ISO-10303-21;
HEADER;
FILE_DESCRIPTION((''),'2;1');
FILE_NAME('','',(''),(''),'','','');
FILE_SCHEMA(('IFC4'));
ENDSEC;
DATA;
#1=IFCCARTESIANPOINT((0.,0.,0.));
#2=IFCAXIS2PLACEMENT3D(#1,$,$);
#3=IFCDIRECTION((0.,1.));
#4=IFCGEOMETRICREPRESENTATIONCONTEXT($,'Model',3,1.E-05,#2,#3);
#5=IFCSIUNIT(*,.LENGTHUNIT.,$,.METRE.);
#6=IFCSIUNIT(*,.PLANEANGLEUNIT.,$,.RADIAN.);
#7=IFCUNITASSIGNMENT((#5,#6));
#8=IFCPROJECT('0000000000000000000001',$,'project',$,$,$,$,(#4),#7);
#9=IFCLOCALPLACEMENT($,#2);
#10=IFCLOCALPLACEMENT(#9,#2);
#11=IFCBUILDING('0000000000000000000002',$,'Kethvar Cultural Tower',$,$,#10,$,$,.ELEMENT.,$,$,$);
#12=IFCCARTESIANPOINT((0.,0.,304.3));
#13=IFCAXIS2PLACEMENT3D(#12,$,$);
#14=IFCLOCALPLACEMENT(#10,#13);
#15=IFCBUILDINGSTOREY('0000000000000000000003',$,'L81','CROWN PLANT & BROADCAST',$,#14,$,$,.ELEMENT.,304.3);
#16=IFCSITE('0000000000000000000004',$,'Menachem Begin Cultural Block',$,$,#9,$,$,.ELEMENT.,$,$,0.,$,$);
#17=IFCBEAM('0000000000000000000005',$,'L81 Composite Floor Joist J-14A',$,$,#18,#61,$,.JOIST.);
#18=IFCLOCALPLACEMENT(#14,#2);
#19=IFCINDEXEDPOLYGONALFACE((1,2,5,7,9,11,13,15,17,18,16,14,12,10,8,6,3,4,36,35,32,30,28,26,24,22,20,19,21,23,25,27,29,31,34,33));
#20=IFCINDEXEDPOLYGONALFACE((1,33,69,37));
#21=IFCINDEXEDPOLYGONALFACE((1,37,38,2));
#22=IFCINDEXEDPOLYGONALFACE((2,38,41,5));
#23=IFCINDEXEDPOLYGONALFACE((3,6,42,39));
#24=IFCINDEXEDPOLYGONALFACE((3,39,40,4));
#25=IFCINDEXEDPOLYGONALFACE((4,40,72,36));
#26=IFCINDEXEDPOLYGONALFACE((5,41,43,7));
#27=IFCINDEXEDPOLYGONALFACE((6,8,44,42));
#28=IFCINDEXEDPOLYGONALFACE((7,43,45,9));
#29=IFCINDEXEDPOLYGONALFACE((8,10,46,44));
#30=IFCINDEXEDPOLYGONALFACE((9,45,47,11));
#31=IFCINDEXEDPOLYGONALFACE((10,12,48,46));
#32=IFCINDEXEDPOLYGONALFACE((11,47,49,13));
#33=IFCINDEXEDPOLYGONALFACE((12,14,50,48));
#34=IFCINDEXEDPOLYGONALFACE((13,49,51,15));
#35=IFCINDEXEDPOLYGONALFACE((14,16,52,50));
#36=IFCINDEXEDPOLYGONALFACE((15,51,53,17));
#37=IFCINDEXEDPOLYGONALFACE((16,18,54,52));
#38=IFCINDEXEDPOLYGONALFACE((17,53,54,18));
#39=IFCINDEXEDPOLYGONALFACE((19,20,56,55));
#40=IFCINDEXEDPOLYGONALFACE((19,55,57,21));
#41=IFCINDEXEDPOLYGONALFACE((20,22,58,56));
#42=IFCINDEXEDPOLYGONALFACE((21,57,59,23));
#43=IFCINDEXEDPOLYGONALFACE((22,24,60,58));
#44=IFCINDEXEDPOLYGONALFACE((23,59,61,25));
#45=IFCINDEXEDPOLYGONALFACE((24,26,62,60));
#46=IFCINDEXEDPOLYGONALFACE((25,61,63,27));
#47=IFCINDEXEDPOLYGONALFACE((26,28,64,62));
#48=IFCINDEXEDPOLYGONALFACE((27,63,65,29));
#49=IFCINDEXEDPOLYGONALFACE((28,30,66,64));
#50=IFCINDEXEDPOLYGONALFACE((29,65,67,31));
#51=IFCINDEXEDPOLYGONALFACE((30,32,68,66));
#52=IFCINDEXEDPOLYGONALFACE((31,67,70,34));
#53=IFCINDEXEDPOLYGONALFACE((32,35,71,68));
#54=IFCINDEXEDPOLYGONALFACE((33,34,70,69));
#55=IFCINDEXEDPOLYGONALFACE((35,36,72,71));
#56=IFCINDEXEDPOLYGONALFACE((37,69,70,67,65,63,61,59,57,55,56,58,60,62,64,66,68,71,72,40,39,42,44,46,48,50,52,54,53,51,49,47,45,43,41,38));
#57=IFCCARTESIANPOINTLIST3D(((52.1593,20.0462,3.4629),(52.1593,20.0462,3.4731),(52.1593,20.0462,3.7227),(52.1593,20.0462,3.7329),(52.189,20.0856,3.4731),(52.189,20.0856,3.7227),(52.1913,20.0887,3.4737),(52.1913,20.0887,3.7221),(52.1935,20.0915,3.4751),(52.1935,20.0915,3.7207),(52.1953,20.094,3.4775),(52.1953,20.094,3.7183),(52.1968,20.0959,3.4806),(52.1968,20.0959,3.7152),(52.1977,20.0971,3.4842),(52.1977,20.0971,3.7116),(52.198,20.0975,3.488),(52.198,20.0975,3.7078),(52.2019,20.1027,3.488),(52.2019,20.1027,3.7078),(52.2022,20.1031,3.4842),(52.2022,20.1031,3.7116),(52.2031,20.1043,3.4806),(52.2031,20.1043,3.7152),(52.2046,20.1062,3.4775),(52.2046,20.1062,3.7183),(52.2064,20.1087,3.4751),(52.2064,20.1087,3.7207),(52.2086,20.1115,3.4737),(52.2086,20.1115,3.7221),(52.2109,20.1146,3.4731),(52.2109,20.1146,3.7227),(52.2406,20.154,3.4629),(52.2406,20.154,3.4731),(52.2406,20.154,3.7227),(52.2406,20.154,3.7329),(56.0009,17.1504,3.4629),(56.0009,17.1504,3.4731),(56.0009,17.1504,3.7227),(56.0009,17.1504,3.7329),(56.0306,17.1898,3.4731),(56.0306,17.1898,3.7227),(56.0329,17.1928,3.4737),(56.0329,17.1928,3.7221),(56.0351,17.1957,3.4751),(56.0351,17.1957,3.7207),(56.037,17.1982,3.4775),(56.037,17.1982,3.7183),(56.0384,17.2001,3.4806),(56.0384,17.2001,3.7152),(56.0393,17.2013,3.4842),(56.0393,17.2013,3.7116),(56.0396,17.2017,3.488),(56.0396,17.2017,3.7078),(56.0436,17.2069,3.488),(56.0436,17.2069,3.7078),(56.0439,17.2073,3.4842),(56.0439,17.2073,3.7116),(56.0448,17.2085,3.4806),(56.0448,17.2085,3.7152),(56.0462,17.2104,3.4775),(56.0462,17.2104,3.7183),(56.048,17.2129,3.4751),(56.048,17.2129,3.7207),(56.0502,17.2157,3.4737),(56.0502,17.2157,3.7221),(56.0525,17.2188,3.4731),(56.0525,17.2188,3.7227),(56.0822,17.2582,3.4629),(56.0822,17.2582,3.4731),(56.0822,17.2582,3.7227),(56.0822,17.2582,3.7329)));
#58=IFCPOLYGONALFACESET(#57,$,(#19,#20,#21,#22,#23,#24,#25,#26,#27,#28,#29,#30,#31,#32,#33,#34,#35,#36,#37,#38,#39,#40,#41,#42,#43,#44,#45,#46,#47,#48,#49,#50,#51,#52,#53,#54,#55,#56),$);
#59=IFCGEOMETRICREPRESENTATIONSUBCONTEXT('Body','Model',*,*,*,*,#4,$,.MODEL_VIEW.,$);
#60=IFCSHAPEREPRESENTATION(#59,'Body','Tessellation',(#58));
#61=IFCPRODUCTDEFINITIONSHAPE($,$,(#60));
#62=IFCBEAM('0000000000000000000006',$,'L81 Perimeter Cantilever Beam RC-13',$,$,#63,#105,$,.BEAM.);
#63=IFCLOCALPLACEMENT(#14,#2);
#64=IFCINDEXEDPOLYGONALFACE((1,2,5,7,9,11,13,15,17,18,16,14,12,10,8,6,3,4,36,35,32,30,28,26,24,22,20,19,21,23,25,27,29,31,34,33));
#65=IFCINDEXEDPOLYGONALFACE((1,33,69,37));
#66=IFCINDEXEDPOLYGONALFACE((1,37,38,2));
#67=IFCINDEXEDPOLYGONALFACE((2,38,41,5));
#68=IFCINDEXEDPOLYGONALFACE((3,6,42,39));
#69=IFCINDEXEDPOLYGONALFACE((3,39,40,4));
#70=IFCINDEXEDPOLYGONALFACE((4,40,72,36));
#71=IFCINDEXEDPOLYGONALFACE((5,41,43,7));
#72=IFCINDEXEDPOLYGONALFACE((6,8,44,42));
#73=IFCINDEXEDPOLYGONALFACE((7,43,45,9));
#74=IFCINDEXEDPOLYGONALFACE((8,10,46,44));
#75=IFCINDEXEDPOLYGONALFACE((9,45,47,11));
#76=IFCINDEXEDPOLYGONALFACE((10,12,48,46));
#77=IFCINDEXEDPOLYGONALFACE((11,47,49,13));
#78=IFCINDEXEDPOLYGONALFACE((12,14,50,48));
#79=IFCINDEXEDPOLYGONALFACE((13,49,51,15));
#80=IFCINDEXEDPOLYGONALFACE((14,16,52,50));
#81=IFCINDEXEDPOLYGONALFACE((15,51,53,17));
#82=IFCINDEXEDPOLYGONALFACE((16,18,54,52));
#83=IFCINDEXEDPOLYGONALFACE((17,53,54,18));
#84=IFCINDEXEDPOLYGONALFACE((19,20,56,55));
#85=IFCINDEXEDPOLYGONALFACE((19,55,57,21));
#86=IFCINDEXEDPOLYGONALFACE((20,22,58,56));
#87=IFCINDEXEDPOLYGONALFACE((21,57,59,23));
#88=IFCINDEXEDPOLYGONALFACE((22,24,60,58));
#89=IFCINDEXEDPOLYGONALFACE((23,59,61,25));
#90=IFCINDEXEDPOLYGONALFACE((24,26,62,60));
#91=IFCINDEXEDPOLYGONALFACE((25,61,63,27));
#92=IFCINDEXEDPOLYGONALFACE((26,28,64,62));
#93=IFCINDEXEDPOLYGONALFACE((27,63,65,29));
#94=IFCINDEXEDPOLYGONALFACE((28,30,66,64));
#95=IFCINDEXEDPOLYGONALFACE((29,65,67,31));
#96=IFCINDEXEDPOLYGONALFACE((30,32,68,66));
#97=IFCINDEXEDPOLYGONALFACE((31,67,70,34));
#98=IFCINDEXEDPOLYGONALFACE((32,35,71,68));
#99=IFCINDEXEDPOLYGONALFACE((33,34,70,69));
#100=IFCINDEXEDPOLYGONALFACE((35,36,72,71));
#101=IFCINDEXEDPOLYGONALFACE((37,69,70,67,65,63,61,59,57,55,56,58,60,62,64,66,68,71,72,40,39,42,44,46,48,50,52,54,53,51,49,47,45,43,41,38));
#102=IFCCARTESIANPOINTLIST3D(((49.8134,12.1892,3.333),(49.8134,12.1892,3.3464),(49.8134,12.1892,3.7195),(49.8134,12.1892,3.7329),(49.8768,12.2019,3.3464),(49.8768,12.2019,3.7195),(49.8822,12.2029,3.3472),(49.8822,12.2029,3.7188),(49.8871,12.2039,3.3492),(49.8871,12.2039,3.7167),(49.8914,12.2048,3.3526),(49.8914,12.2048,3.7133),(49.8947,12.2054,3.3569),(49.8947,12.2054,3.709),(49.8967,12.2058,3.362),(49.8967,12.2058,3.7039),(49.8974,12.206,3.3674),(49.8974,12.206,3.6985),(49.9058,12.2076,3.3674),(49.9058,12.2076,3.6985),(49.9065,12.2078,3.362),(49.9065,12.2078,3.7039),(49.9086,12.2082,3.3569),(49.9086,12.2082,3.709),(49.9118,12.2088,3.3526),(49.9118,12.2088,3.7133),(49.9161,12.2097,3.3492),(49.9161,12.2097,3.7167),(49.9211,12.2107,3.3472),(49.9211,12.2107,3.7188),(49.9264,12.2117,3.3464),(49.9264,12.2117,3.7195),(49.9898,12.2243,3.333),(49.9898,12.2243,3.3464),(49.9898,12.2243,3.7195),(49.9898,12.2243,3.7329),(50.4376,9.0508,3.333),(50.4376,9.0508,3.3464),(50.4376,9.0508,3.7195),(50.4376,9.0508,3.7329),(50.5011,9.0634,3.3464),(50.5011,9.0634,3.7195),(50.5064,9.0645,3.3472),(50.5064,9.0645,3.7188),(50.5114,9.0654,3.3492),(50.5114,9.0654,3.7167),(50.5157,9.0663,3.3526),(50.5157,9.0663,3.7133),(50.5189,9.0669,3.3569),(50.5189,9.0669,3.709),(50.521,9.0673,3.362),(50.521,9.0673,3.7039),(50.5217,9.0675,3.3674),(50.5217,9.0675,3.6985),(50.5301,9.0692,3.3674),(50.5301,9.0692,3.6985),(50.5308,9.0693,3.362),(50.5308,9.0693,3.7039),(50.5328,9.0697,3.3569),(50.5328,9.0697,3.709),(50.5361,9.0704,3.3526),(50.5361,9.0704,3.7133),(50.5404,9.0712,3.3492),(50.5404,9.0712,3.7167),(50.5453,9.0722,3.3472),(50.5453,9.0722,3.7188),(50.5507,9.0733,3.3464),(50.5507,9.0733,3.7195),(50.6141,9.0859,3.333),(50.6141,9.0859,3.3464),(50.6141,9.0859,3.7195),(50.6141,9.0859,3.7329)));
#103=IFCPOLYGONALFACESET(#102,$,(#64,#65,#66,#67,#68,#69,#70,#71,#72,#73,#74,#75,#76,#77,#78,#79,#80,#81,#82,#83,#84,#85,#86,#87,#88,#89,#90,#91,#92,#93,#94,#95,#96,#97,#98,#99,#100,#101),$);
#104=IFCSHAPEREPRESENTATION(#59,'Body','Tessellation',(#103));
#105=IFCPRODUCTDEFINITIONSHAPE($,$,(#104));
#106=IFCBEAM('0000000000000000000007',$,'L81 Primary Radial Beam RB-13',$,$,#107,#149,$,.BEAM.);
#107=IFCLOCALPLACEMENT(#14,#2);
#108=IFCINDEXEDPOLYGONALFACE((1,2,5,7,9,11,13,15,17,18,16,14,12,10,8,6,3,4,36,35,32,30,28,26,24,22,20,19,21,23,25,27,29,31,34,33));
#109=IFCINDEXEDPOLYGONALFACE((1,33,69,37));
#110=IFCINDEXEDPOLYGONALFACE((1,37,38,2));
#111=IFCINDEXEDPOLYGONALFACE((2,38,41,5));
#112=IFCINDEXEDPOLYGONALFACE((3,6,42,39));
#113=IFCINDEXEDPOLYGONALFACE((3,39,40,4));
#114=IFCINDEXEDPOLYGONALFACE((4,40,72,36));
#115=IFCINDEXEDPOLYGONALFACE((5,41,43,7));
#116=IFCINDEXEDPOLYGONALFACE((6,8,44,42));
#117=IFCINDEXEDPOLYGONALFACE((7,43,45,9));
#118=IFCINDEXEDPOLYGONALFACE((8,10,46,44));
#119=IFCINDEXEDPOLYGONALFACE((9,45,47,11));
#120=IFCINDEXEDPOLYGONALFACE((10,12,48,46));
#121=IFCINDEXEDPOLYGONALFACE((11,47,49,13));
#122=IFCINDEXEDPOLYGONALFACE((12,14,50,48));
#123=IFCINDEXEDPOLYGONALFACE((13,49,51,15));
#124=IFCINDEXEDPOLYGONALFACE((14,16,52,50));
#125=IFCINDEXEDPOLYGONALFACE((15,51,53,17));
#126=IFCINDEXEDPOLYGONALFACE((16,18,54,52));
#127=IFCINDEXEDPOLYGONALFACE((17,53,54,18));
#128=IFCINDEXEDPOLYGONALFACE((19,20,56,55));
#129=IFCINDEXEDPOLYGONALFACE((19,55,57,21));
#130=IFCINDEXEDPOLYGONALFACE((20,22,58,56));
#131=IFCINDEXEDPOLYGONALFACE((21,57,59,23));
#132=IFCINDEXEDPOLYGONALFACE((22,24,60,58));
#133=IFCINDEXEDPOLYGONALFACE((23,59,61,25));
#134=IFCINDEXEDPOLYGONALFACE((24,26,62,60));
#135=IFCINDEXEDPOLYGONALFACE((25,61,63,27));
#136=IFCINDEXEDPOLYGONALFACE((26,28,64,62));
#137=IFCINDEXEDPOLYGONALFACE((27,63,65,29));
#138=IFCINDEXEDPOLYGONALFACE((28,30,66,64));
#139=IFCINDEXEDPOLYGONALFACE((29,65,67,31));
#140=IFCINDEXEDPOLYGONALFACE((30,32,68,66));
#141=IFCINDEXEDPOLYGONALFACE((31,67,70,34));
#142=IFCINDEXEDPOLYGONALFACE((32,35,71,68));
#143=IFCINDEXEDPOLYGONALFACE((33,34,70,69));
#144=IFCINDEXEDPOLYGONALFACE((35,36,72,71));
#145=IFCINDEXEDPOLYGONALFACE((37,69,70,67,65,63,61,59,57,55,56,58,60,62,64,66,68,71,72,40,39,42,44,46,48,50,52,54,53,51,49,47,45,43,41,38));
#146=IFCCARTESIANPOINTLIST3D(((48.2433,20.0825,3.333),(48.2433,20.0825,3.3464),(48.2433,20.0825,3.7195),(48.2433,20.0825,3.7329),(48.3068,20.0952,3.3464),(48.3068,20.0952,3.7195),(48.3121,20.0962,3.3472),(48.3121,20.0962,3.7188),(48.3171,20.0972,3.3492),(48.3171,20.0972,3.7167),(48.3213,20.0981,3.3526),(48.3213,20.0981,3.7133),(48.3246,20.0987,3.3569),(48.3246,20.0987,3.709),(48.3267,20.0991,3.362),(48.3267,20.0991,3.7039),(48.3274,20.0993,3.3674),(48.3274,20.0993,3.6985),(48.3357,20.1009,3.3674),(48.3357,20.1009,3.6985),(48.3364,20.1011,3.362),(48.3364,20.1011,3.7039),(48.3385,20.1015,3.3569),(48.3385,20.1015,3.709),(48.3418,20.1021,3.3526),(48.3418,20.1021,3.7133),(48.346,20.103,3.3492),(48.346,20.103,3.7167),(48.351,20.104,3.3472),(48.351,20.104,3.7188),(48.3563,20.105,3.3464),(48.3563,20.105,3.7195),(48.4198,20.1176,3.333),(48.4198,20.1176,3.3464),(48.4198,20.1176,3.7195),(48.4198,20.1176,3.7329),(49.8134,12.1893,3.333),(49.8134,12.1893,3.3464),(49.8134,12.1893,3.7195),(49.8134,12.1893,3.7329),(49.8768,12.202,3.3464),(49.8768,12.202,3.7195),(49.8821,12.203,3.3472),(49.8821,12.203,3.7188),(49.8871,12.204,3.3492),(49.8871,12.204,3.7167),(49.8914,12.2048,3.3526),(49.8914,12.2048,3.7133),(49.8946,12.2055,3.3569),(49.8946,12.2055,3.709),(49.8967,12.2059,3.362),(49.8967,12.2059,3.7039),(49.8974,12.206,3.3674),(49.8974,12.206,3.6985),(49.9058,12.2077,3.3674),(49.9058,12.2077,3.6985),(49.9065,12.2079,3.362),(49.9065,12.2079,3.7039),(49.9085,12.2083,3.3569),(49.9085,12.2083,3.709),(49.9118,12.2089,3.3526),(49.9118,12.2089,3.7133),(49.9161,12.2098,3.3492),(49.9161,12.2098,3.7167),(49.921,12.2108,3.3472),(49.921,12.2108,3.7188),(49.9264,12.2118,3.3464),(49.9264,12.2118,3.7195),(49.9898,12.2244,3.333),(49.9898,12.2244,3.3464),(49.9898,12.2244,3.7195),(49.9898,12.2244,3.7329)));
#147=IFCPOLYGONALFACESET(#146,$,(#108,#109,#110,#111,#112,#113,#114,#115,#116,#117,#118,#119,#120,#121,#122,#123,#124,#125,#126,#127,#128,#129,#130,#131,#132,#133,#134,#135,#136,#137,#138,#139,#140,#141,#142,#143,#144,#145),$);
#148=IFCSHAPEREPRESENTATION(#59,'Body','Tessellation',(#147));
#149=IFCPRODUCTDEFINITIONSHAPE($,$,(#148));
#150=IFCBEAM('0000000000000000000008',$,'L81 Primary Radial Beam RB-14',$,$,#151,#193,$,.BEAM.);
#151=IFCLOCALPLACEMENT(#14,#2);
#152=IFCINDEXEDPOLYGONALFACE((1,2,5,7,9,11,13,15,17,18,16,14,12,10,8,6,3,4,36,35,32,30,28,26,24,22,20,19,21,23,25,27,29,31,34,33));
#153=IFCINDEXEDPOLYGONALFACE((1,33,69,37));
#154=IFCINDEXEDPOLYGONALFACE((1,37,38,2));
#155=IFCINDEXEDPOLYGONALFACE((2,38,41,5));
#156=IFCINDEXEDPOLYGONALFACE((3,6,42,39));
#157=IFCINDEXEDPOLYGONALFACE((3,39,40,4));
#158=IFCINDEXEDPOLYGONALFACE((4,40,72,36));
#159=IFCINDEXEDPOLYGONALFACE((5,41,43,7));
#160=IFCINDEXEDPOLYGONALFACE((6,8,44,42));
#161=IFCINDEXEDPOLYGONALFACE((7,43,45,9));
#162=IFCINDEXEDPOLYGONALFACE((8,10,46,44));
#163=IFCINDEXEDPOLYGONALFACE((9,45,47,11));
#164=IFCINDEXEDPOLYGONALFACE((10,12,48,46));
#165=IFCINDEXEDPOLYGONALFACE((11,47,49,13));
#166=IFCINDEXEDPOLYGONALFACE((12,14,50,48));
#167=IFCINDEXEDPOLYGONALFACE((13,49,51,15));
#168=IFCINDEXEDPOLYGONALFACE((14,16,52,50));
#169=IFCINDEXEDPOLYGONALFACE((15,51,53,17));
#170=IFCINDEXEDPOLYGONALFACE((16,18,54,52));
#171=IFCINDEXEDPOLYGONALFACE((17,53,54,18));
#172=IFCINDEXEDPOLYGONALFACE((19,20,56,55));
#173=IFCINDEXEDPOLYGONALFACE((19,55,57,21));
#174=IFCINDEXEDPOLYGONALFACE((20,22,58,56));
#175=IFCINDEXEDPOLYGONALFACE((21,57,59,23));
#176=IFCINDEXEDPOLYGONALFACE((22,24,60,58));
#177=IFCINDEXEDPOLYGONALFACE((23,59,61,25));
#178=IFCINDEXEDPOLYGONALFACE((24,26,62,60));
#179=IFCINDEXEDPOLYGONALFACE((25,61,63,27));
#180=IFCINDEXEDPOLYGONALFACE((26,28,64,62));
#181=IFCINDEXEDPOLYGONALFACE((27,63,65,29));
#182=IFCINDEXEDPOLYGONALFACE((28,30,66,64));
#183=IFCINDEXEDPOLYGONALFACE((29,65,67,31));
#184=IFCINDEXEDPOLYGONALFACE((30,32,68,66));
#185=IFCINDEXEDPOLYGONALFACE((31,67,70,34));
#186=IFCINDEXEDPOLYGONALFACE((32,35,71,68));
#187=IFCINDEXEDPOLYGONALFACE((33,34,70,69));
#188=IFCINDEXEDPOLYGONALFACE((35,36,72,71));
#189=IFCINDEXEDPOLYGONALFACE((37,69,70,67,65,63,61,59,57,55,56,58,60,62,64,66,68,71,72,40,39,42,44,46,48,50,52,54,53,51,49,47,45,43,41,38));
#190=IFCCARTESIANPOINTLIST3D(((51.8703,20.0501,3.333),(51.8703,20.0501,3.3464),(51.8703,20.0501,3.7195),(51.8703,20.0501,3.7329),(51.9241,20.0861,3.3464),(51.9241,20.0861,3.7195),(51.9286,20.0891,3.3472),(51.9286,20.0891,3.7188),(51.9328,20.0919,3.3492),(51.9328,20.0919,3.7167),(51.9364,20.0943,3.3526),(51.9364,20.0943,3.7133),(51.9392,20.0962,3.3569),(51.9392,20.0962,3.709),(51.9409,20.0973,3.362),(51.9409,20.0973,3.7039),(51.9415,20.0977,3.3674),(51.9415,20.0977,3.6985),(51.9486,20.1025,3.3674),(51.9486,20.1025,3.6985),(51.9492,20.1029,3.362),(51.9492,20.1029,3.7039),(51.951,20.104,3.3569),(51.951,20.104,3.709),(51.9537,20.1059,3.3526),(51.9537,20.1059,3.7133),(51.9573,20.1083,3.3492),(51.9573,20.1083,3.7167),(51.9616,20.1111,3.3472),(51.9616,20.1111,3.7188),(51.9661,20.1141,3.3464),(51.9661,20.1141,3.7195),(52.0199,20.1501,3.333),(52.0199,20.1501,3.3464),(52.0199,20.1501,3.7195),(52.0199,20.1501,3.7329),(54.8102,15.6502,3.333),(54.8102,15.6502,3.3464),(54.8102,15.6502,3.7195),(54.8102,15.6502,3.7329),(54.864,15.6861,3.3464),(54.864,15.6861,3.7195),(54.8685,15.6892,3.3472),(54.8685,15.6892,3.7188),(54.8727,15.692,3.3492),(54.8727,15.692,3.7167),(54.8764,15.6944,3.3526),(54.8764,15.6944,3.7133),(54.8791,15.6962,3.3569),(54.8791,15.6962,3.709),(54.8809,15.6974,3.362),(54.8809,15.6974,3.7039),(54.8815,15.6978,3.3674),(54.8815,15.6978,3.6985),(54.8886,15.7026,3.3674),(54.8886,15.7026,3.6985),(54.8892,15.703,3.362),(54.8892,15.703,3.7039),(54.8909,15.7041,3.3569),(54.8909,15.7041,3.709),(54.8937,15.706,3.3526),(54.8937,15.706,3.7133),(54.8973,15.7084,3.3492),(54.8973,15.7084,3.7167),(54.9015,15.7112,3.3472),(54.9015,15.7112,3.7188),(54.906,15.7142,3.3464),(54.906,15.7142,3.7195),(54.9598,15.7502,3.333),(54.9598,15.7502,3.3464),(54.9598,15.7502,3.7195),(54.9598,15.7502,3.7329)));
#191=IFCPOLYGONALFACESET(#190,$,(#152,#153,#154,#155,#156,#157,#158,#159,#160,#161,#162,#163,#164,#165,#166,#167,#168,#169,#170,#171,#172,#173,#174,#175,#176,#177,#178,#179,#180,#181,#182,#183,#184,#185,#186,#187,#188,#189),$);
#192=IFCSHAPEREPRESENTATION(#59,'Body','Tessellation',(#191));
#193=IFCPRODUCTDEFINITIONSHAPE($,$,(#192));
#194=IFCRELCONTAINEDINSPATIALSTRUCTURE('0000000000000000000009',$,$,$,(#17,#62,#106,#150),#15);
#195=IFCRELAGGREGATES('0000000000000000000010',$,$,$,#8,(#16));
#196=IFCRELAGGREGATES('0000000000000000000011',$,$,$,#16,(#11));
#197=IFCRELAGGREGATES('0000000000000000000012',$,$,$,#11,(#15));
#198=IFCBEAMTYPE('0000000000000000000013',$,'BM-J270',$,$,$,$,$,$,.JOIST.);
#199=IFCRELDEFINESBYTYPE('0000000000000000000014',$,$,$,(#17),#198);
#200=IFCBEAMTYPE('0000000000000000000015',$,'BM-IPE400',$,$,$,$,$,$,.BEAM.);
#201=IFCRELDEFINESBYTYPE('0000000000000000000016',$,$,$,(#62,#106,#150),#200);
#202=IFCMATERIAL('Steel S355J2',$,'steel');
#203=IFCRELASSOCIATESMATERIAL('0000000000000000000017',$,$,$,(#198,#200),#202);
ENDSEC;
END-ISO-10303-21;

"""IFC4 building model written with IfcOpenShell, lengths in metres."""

from ifc_helpers import new_model, si_unit, direction, frame, origin, origin_2d, place, context, subcontext, project, spatial, i_section, extrude, source, transform, mapped, material, material_profile, profile_set, type_object, element, save


model = new_model("IFC4")

# Units and contexts
model_context = context("Model", 3, precision=1e-05, world=origin(), true_north=direction((0.0, 1.0)))
body_context = subcontext(model_context, "Body", "Model", "MODEL_VIEW")
ifc_project = project(units=[si_unit("LENGTHUNIT", "METRE"), si_unit("PLANEANGLEUNIT", "RADIAN")], contexts=[model_context])

# Site, building, storey
site_placement = place(None, origin())
site = spatial("IfcSite", under=ifc_project, at=site_placement, Name="Menachem Begin Cultural Block", CompositionType="ELEMENT", RefElevation=0.0)
building_placement = place(site_placement, origin())
building = spatial("IfcBuilding", under=site, at=building_placement, Name="Kethvar Cultural Tower", CompositionType="ELEMENT")
storey_placement = place(building_placement, frame((0.0, 0.0, 304.3)))
storey = spatial("IfcBuildingStorey", under=building, at=storey_placement, Name="L81", Description="CROWN PLANT & BROADCAST", CompositionType="ELEMENT", Elevation=304.3)

# Shared definitions
ifc_material_1 = material(Name="Steel S355J2", Category="steel")

# Beams
ifc_material_profile_1 = material_profile(ifc_material_1, i_section(OverallWidth=0.135, OverallDepth=0.27, WebThickness=0.0066, FlangeThickness=0.0103, FilletRadius=0.0149, at=origin_2d()), Name="Steel S355J2 — IPE270")
ifc_profile_set_1 = profile_set([ifc_material_profile_1], Name="Steel S355J2 — IPE270")
beam_type_1 = type_object("IfcBeamType", Name="BM-J270", PredefinedType="JOIST", material=ifc_profile_set_1)
shared_shape_1 = source(origin(), body_context, "Body", "SweptSolid", [
    extrude(i_section(OverallWidth=0.135, OverallDepth=0.27, WebThickness=0.0066, FlangeThickness=0.0103, FilletRadius=0.0149, at=origin_2d()), origin(), (0.0, 0.0, 1.0), 4.8108),
])
beam_1_placement = place(storey_placement, frame((52.2, 20.1001, 3.5979), z_axis=(0.798542, -0.601939, 0.0), x_axis=(0.601939, 0.798542, 0.0)))
element("IfcBeam", 1, at=beam_1_placement, inside=storey, type_object=beam_type_1, Name="L81 Composite Floor Joist J-14A", PredefinedType="JOIST", context=body_context, shape_type="MappedRepresentation", body=[
    mapped(shared_shape_1, transform((0.0, 0.0, 0.0), scale=1.0)),
])
ifc_material_profile_2 = material_profile(ifc_material_1, i_section(OverallWidth=0.1799, OverallDepth=0.3999, WebThickness=0.0085, FlangeThickness=0.0134, FilletRadius=0.021, at=origin_2d()), Name="Steel S355J2 — IPE400")
ifc_profile_set_2 = profile_set([ifc_material_profile_2], Name="Steel S355J2 — IPE400")
beam_type_2 = type_object("IfcBeamType", Name="BM-IPE400", PredefinedType="BEAM", material=ifc_profile_set_2)
shared_shape_2 = source(origin(), body_context, "Body", "SweptSolid", [
    extrude(i_section(OverallWidth=0.1799, OverallDepth=0.3999, WebThickness=0.0085, FlangeThickness=0.0134, FilletRadius=0.021, at=origin_2d()), origin(), (0.0, 0.0, 1.0), 3.2),
])
beam_2_placement = place(storey_placement, frame((49.9016, 12.2068, 3.533), z_axis=(0.195089, -0.980786, 0.0), x_axis=(0.980786, 0.195089, 0.0)))
element("IfcBeam", 2, at=beam_2_placement, inside=storey, type_object=beam_type_2, Name="L81 Perimeter Cantilever Beam RC-13", PredefinedType="BEAM", context=body_context, shape_type="MappedRepresentation", body=[
    mapped(shared_shape_2, transform((0.0, 0.0, 0.0), scale=1.0)),
])
shared_shape_3 = source(origin(), body_context, "Body", "SweptSolid", [
    extrude(i_section(OverallWidth=0.1799, OverallDepth=0.3999, WebThickness=0.0085, FlangeThickness=0.0134, FilletRadius=0.021, at=origin_2d()), origin(), (0.0, 0.0, 1.0), 8.0479),
])
beam_3_placement = place(storey_placement, frame((48.3315, 20.1001, 3.533), z_axis=(0.195089, -0.980785, 0.0), x_axis=(0.980785, 0.195089, 0.0)))
element("IfcBeam", 3, at=beam_3_placement, inside=storey, type_object=beam_type_2, Name="L81 Primary Radial Beam RB-13", PredefinedType="BEAM", context=body_context, shape_type="MappedRepresentation", body=[
    mapped(shared_shape_3, transform((0.0, 0.0, 0.0), scale=1.0)),
])
shared_shape_4 = source(origin(), body_context, "Body", "SweptSolid", [
    extrude(i_section(OverallWidth=0.1799, OverallDepth=0.3999, WebThickness=0.0085, FlangeThickness=0.0134, FilletRadius=0.021, at=origin_2d()), origin(), (0.0, 0.0, 1.0), 5.2917),
])
beam_4_placement = place(storey_placement, frame((51.9451, 20.1001, 3.533), z_axis=(0.555573, -0.831468, 0.0), x_axis=(0.831468, 0.555573, 0.0)))
element("IfcBeam", 4, at=beam_4_placement, inside=storey, type_object=beam_type_2, Name="L81 Primary Radial Beam RB-14", PredefinedType="BEAM", context=body_context, shape_type="MappedRepresentation", body=[
    mapped(shared_shape_4, transform((0.0, 0.0, 0.0), scale=1.0)),
])

save(model, "model.ifc")
